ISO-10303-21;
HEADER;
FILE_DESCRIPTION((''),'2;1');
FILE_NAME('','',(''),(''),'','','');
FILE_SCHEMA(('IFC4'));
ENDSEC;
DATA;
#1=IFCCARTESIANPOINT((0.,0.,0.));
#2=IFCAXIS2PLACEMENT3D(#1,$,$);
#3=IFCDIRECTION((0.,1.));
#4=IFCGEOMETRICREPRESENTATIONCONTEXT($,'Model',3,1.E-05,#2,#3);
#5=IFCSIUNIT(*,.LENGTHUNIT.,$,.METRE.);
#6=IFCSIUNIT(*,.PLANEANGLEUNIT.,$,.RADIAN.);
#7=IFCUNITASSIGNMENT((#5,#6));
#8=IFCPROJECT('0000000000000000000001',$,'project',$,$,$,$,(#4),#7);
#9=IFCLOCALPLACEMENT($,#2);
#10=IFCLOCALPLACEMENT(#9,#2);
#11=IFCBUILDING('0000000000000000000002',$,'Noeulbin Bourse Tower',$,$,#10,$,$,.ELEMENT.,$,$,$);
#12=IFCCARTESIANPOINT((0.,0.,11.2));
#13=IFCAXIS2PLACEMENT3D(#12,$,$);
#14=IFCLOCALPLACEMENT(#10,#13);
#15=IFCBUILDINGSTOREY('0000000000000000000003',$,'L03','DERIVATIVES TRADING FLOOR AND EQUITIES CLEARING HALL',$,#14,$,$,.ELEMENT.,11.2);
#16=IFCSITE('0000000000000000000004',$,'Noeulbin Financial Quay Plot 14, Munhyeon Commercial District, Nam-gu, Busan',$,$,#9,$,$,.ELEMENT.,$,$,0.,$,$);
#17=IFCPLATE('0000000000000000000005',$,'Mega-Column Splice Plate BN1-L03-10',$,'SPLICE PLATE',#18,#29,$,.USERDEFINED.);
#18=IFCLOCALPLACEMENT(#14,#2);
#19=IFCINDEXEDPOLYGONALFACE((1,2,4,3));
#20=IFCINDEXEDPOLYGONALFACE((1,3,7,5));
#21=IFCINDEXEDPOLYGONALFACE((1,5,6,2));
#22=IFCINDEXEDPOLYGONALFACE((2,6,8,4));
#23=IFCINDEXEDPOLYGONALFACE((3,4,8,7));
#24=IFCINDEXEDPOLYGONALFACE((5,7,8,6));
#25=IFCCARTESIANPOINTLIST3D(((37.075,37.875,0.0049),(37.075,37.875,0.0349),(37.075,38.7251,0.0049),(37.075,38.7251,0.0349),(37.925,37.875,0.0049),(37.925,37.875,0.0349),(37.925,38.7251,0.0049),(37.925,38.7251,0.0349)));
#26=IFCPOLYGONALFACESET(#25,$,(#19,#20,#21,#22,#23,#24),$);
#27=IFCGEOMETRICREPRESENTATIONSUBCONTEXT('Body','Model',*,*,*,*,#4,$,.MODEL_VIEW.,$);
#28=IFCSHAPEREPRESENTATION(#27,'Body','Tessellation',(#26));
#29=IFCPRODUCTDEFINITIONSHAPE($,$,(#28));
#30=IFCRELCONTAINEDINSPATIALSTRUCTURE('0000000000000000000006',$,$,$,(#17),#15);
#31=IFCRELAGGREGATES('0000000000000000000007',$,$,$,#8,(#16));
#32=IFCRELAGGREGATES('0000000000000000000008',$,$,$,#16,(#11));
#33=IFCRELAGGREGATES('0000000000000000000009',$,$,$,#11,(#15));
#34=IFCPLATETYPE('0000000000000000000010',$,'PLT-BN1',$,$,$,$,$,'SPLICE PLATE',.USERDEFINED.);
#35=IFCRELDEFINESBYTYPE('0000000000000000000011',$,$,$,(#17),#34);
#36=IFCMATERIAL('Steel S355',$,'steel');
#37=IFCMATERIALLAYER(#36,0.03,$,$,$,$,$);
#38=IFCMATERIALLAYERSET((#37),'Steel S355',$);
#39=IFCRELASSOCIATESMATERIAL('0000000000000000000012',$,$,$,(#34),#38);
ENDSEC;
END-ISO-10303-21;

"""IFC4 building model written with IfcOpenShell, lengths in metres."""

from ifc_helpers import new_model, si_unit, direction, frame, origin, origin_2d, place, context, subcontext, project, spatial, rectangle, extrude, material, layer, layer_set, type_object, element, save


model = new_model("IFC4")

# Units and contexts
model_context = context("Model", 3, precision=1e-05, world=origin(), true_north=direction((0.0, 1.0)))
body_context = subcontext(model_context, "Body", "Model", "MODEL_VIEW")
ifc_project = project(units=[si_unit("LENGTHUNIT", "METRE"), si_unit("PLANEANGLEUNIT", "RADIAN")], contexts=[model_context])

# Site, building, storey
site_placement = place(None, origin())
site = spatial("IfcSite", under=ifc_project, at=site_placement, Name="Noeulbin Financial Quay Plot 14, Munhyeon Commercial District, Nam-gu, Busan", CompositionType="ELEMENT", RefElevation=0.0)
building_placement = place(site_placement, origin())
building = spatial("IfcBuilding", under=site, at=building_placement, Name="Noeulbin Bourse Tower", CompositionType="ELEMENT")
storey_placement = place(building_placement, frame((0.0, 0.0, 11.2)))
storey = spatial("IfcBuildingStorey", under=building, at=storey_placement, Name="L03", Description="DERIVATIVES TRADING FLOOR AND EQUITIES CLEARING HALL", CompositionType="ELEMENT", Elevation=11.2)

# Shared definitions
ifc_material_1 = material(Name="Steel S355", Category="steel")

# Plate
ifc_layer = layer(ifc_material_1, 0.03)
ifc_layer_set = layer_set([ifc_layer], Name="Steel S355")
plate_type = type_object("IfcPlateType", Name="PLT-BN1", ElementType="SPLICE PLATE", PredefinedType="USERDEFINED", material=ifc_layer_set)
plate_placement = place(storey_placement, frame((37.5, 38.3, 0.0049), z_axis=(0.0, 0.0, 1.0), x_axis=(1.0, 0.0, 0.0)))
element("IfcPlate", 1, at=plate_placement, inside=storey, type_object=plate_type, Name="Mega-Column Splice Plate BN1-L03-10", ObjectType="SPLICE PLATE", PredefinedType="USERDEFINED", context=body_context, shape_type="SweptSolid", body=[
    extrude(rectangle(XDim=0.8501, YDim=0.8501, at=origin_2d()), origin(), (0.0, 0.0, 1.0), 0.03),
])

save(model, "model.ifc")
